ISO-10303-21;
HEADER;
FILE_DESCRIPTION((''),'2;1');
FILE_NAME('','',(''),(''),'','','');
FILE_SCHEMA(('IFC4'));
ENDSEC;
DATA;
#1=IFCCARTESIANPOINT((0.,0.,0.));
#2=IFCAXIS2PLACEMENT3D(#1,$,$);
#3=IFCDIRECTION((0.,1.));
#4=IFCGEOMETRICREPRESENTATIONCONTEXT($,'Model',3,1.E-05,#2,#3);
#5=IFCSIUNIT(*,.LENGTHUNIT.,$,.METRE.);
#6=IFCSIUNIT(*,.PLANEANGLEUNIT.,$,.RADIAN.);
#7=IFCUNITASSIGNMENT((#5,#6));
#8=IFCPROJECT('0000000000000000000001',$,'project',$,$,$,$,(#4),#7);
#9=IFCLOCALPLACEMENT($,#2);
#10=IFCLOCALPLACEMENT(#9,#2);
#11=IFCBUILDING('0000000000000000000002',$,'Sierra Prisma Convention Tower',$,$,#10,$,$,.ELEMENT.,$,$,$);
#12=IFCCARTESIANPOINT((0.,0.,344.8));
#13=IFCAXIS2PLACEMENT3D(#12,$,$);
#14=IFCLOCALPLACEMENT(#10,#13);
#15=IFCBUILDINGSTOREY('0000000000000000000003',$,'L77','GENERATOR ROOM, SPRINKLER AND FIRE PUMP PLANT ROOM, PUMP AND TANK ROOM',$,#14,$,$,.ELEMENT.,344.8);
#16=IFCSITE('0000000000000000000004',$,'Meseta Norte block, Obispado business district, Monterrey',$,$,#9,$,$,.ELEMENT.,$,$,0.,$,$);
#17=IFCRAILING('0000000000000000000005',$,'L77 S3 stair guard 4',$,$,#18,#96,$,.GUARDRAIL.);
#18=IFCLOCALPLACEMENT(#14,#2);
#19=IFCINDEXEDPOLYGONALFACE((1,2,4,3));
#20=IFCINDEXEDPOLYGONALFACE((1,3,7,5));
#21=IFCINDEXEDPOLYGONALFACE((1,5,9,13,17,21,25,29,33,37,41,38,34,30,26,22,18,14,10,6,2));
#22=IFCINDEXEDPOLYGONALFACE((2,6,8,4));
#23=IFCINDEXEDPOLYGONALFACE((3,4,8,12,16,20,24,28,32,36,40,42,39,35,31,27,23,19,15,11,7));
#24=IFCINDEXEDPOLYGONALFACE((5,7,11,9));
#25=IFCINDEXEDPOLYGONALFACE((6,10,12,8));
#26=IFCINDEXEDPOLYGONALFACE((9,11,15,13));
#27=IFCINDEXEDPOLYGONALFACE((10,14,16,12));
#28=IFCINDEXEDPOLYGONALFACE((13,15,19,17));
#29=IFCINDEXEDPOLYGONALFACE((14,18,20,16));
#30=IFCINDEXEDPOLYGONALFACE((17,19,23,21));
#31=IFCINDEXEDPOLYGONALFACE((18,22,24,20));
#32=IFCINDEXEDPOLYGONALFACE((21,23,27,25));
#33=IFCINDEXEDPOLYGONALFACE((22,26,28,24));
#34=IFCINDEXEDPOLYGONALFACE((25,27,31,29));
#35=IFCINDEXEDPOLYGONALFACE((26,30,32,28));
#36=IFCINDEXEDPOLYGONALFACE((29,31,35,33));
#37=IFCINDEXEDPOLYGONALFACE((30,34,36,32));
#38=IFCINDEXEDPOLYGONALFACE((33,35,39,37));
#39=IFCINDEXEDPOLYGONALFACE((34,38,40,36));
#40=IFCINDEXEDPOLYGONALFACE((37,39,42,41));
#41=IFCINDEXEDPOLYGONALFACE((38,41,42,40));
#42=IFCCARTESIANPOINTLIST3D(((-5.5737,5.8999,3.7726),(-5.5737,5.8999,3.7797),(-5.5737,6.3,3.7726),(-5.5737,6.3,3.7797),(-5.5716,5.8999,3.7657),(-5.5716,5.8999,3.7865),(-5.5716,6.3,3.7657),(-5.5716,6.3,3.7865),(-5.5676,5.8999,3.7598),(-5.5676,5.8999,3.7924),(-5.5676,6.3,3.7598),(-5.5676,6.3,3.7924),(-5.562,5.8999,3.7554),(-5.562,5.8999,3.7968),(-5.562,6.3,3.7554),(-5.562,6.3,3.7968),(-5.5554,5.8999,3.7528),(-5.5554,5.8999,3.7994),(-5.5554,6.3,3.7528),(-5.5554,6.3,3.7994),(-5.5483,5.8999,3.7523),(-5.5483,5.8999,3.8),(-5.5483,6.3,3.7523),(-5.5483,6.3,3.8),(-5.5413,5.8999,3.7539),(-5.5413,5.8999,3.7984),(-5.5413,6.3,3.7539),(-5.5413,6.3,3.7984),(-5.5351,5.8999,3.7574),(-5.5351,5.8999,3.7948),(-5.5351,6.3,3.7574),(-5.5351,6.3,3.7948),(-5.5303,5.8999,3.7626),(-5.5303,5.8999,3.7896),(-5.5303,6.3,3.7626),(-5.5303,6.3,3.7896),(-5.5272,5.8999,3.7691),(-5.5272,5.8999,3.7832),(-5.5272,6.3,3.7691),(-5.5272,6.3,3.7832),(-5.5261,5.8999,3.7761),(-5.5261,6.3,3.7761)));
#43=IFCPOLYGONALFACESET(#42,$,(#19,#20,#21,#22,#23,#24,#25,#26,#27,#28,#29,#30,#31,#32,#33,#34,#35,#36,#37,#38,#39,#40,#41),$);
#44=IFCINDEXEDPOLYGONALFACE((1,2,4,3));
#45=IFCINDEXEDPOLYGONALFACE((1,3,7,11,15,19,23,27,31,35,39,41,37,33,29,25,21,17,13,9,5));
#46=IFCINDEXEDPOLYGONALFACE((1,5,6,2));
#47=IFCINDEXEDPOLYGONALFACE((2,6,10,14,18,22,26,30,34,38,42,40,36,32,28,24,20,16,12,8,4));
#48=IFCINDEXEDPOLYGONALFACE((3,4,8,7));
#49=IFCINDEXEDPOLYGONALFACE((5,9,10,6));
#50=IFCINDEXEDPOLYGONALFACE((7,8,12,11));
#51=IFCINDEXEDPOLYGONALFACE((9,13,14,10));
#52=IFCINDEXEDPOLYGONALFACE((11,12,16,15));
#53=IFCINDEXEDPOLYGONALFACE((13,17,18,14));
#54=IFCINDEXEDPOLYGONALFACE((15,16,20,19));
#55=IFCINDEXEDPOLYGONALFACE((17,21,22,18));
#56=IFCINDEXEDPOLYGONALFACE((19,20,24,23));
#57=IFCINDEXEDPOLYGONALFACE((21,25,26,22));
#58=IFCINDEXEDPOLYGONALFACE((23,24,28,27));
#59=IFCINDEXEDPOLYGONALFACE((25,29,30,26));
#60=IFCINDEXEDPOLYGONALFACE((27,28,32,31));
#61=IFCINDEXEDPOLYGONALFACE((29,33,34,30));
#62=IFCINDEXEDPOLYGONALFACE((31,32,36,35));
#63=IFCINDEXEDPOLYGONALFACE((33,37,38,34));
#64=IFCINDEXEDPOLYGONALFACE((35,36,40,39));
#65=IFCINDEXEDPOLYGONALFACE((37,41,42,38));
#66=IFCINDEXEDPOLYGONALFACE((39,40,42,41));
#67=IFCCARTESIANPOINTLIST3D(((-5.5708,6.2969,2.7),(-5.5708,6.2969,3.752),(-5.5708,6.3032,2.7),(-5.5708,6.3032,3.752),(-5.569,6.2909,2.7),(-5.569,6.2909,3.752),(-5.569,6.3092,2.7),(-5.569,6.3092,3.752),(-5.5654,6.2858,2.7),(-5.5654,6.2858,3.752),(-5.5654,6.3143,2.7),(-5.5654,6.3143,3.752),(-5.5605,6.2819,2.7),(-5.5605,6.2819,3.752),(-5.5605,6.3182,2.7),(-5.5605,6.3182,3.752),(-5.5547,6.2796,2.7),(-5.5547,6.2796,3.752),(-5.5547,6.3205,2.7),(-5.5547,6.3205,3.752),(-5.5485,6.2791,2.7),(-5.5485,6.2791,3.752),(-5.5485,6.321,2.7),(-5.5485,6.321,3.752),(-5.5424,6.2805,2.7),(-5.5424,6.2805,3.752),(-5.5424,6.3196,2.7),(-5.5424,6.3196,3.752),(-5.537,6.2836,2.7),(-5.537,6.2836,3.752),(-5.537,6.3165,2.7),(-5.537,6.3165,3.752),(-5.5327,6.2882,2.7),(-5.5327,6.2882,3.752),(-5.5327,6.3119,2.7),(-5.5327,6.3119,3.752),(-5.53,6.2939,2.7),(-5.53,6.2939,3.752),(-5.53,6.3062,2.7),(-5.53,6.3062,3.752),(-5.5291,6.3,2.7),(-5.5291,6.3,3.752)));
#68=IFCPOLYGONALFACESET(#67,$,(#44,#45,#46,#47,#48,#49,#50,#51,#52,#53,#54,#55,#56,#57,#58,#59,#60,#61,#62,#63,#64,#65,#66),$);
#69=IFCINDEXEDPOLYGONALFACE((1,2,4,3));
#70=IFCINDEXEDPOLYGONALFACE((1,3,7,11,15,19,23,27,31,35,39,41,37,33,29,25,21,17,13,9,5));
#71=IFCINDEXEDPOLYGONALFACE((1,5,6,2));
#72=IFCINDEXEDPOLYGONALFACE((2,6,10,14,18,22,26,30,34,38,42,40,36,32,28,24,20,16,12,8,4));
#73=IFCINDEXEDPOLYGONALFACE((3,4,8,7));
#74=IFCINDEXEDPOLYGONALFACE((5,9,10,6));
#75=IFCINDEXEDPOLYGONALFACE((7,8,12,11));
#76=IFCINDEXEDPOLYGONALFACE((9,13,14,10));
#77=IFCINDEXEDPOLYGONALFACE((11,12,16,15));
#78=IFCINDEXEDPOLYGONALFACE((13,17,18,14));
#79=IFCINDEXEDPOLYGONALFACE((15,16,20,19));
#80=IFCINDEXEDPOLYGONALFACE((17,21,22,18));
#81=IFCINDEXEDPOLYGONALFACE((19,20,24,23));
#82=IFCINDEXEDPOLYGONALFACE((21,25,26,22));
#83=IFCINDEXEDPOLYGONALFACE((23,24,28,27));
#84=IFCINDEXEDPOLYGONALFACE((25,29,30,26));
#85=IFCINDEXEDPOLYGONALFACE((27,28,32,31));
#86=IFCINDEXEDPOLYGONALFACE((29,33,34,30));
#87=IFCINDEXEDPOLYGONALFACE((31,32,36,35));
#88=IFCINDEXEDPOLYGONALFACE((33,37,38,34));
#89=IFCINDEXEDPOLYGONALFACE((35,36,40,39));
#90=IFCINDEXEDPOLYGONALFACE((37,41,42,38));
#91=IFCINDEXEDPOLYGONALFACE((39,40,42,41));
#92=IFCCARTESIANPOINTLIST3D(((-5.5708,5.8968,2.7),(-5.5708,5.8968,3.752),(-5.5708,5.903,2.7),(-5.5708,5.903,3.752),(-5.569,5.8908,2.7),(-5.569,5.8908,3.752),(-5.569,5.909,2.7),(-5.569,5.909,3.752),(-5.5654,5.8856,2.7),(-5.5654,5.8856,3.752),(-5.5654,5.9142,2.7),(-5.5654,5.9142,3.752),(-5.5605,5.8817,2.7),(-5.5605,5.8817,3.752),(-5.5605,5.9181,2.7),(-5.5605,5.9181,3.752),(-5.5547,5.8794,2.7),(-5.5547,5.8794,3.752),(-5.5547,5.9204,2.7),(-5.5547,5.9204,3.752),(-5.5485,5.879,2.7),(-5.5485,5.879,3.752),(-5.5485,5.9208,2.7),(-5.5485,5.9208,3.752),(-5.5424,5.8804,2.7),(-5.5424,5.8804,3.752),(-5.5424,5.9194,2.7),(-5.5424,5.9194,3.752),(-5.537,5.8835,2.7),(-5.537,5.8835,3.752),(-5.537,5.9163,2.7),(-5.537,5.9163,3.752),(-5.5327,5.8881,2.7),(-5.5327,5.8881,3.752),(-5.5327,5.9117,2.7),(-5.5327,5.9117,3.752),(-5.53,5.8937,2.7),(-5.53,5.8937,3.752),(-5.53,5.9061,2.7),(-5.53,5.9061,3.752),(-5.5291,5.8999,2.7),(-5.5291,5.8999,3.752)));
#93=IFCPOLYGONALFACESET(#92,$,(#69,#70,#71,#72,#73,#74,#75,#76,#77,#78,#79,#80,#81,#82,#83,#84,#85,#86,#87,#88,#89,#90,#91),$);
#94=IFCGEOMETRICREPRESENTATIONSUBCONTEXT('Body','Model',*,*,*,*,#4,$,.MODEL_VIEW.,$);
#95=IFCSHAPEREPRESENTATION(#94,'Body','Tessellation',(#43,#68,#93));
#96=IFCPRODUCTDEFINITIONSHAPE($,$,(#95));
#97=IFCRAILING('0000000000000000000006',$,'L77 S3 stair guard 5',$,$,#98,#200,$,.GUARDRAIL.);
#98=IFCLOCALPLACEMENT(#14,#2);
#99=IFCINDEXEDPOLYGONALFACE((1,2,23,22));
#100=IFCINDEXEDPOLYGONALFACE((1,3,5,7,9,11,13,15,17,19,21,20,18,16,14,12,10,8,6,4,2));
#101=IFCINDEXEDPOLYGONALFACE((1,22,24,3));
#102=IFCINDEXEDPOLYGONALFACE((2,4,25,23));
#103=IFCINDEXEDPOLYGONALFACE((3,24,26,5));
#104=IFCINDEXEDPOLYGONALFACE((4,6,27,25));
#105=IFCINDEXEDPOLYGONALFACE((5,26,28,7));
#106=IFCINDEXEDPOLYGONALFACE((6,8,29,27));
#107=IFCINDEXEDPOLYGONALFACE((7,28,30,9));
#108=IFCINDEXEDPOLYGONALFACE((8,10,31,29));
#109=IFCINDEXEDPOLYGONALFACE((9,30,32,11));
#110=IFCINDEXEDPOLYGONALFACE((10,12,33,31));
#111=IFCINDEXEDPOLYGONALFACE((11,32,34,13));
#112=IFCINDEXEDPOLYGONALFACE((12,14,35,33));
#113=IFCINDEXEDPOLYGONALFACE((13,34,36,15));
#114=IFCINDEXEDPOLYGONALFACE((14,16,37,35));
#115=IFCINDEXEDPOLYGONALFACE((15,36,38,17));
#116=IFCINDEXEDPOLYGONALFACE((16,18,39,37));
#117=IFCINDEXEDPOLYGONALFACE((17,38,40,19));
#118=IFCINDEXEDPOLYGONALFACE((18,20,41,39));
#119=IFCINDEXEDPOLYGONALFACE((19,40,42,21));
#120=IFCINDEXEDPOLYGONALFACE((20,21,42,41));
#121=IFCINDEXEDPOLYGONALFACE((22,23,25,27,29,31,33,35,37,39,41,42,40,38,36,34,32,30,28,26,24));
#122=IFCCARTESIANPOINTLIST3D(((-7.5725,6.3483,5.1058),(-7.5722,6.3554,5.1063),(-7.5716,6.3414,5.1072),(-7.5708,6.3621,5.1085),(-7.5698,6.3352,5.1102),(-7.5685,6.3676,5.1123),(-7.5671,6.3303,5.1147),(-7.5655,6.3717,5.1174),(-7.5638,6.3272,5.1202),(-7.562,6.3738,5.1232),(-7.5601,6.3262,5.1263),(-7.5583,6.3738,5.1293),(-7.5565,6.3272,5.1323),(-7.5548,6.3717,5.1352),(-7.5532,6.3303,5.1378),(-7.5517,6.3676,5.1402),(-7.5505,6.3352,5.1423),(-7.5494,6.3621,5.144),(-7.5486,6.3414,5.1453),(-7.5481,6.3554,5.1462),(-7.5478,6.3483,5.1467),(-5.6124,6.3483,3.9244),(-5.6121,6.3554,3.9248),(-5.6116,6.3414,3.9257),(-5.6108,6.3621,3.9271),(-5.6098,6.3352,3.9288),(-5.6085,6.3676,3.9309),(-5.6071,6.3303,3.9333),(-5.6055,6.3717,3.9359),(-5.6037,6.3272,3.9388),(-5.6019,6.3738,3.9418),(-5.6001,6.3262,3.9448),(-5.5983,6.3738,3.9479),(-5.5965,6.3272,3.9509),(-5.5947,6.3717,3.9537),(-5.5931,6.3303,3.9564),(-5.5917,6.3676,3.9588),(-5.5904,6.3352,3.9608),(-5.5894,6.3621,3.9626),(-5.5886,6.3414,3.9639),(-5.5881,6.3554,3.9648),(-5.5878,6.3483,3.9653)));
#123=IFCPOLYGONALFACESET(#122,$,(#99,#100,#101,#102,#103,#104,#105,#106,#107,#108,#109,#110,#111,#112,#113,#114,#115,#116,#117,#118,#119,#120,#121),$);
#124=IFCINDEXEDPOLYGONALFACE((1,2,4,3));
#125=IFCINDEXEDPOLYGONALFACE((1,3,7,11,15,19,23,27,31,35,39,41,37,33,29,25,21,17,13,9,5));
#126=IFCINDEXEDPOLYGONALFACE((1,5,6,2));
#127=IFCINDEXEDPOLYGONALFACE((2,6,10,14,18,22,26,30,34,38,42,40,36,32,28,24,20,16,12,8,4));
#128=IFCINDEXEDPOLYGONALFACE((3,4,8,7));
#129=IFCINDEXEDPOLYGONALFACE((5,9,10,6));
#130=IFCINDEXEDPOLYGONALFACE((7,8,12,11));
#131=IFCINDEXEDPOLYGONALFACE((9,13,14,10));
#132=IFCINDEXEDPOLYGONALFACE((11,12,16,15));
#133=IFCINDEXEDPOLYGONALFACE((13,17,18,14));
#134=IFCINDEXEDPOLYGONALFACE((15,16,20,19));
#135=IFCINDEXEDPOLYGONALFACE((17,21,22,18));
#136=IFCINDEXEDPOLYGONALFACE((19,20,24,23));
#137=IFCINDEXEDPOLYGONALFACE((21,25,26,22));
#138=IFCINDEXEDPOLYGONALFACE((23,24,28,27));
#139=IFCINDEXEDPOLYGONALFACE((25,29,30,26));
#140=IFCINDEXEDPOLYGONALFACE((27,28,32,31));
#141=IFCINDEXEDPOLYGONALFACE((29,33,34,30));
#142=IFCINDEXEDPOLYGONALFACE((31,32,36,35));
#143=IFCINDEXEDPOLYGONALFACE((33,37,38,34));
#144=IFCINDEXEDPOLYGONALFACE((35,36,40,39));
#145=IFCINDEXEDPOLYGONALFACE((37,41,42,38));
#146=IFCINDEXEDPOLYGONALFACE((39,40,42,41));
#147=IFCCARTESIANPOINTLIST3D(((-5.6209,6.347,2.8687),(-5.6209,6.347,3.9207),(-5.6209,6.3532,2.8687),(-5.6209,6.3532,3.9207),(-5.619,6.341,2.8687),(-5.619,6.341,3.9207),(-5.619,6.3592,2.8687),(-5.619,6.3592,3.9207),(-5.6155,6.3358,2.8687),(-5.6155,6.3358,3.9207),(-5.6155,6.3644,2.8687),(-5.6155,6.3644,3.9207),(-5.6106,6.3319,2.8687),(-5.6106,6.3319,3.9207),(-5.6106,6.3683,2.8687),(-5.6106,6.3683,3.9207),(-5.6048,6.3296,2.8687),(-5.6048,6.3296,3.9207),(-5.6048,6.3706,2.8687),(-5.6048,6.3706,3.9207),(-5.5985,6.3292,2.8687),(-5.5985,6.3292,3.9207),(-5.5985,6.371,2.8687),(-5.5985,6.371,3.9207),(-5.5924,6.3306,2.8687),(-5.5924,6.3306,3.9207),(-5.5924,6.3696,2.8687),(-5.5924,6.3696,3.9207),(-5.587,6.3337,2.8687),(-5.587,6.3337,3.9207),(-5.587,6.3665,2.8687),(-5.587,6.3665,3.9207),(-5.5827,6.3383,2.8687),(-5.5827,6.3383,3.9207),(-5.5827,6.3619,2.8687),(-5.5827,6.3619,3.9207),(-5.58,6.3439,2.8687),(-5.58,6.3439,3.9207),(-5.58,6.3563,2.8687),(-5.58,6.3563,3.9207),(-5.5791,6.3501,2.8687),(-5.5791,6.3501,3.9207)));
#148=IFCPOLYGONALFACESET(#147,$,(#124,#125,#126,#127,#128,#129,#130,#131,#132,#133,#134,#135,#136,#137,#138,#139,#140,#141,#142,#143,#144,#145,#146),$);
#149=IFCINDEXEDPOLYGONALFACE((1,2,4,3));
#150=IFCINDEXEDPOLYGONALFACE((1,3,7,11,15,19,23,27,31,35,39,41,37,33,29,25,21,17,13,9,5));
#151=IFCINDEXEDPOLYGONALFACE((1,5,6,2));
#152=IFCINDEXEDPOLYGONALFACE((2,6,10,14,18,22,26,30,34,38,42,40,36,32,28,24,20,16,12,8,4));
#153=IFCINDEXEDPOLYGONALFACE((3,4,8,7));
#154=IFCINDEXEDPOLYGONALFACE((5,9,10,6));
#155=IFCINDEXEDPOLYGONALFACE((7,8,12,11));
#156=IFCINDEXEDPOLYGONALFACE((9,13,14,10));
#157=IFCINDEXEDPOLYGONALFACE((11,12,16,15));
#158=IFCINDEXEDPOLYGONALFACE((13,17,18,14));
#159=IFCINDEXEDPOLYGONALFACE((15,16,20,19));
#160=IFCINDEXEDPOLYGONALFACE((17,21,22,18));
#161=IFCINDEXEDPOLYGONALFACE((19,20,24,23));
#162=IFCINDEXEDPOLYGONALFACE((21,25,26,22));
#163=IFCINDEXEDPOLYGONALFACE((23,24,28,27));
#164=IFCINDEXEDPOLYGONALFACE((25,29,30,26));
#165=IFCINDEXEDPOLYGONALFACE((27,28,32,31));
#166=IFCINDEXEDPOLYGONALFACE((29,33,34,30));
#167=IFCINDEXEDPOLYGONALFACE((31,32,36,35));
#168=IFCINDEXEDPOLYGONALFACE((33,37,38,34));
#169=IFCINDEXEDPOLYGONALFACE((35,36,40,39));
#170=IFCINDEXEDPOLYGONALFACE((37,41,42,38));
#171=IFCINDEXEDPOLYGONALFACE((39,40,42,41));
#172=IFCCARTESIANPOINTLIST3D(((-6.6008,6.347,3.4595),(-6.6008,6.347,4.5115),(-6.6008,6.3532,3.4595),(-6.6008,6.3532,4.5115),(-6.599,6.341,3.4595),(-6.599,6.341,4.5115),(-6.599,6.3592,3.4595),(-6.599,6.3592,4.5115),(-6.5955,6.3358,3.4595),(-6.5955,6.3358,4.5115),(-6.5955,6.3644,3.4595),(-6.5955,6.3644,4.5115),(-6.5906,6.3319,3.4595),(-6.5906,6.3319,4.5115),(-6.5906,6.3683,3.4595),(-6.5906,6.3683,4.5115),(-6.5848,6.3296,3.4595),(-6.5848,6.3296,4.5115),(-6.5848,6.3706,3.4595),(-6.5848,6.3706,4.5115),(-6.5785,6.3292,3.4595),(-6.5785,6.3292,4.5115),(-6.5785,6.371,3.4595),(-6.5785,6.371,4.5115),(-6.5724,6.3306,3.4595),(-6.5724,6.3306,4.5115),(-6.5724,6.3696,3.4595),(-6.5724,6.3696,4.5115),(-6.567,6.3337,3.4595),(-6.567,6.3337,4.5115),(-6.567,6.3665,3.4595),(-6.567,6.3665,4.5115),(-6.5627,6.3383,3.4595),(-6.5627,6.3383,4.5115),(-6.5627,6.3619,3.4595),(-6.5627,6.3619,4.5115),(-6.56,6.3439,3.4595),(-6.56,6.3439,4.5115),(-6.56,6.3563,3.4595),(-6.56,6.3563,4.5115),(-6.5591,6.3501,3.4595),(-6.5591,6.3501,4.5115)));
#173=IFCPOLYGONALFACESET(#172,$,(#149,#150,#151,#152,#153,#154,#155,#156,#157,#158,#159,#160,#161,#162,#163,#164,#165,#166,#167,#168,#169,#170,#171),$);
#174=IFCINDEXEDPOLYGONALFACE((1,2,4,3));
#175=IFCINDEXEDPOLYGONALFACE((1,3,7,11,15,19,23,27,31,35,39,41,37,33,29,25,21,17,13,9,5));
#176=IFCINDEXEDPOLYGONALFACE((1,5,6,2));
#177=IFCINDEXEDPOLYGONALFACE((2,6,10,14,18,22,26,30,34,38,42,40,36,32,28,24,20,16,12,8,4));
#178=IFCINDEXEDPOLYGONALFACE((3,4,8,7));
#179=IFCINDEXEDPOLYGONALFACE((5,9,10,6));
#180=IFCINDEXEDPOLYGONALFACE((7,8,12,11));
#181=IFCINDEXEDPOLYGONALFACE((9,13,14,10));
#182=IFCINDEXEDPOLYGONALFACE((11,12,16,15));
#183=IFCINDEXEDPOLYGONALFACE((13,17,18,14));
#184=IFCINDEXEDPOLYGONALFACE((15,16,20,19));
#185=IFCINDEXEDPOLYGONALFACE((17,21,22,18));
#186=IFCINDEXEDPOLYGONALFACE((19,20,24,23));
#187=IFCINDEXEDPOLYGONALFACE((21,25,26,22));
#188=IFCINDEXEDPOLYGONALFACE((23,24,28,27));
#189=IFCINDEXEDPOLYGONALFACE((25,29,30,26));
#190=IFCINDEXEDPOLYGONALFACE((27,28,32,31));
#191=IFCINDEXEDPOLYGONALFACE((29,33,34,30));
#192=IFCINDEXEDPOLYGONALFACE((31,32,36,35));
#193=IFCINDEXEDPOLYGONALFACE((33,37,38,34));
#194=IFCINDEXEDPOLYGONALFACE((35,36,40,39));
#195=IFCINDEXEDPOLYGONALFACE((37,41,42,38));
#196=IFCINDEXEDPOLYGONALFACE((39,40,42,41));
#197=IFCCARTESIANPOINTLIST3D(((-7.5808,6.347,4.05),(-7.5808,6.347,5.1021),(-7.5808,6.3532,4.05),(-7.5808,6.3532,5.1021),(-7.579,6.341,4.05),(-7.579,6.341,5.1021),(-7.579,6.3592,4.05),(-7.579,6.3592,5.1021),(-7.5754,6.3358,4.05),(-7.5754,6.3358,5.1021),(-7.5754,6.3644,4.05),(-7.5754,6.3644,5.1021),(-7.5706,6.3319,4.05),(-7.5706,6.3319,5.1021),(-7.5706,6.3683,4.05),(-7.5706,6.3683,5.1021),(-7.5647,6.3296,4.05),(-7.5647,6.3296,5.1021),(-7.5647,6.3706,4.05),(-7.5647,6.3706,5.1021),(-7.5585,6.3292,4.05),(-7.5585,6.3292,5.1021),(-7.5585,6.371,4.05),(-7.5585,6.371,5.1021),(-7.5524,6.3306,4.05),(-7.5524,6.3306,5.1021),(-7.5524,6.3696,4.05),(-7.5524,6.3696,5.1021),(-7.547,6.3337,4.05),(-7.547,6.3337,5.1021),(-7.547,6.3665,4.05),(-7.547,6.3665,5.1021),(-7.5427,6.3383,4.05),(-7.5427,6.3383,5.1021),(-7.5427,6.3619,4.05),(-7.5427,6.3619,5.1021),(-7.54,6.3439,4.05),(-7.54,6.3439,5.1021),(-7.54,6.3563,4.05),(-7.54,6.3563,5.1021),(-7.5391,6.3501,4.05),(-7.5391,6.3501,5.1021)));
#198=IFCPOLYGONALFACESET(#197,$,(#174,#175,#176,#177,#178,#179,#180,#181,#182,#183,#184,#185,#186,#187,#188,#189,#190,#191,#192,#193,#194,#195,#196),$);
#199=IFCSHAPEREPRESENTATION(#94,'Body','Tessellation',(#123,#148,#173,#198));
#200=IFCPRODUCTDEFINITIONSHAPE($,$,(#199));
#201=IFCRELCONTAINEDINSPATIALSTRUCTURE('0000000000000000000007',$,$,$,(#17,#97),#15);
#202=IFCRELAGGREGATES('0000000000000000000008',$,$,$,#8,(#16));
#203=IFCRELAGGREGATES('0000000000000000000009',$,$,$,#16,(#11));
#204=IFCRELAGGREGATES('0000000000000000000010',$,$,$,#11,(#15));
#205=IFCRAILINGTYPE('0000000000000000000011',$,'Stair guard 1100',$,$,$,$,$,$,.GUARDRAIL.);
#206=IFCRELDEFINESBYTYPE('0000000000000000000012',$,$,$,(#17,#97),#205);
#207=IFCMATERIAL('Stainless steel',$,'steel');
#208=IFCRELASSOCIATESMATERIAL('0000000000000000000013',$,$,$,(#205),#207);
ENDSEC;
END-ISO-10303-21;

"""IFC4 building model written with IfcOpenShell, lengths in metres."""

from ifc_helpers import new_model, si_unit, direction, frame, origin, origin_2d, place, context, subcontext, project, spatial, circle, extrude, material, type_object, element, save


model = new_model("IFC4")

# Units and contexts
model_context = context("Model", 3, precision=1e-05, world=origin(), true_north=direction((0.0, 1.0)))
body_context = subcontext(model_context, "Body", "Model", "MODEL_VIEW")
ifc_project = project(units=[si_unit("LENGTHUNIT", "METRE"), si_unit("PLANEANGLEUNIT", "RADIAN")], contexts=[model_context])

# Site, building, storey
site_placement = place(None, origin())
site = spatial("IfcSite", under=ifc_project, at=site_placement, Name="Meseta Norte block, Obispado business district, Monterrey", CompositionType="ELEMENT", RefElevation=0.0)
building_placement = place(site_placement, origin())
building = spatial("IfcBuilding", under=site, at=building_placement, Name="Sierra Prisma Convention Tower", CompositionType="ELEMENT")
storey_placement = place(building_placement, frame((0.0, 0.0, 344.8)))
storey = spatial("IfcBuildingStorey", under=building, at=storey_placement, Name="L77", Description="GENERATOR ROOM, SPRINKLER AND FIRE PUMP PLANT ROOM, PUMP AND TANK ROOM", CompositionType="ELEMENT", Elevation=344.8)

# Railings
ifc_material_1 = material(Name="Stainless steel", Category="steel")
railing_type_1 = type_object("IfcRailingType", Name="Stair guard 1100", PredefinedType="GUARDRAIL", material=ifc_material_1)
railing_1_placement = place(storey_placement, frame((-5.55, 6.3, 2.7)))
element("IfcRailing", 1, at=railing_1_placement, inside=storey, type_object=railing_type_1, Name="L77 S3 stair guard 4", PredefinedType="GUARDRAIL", context=body_context, shape_type="SweptSolid", body=[
    extrude(circle(Radius=0.0239, at=origin_2d()), frame((0.0, 0.0, 1.0762), z_axis=(0.0, -1.0, 0.0), x_axis=(1.0, 0.0, 0.0)), (0.0, 0.0, 1.0), 0.4001),
    extrude(circle(Radius=0.021, at=origin_2d()), origin(), (0.0, 0.0, 1.0), 1.052),
    extrude(circle(Radius=0.021, at=origin_2d()), frame((0.0, -0.4001, 0.0)), (0.0, 0.0, 1.0), 1.052),
])
railing_2_placement = place(storey_placement, frame((-5.6001, 6.3501, 2.8687)))
element("IfcRailing", 2, at=railing_2_placement, inside=storey, type_object=railing_type_1, Name="L77 S3 stair guard 5", PredefinedType="GUARDRAIL", context=body_context, shape_type="SweptSolid", body=[
    extrude(circle(Radius=0.0239, at=origin_2d()), frame((0.0, 0.0, 1.0762), z_axis=(-0.856446, 0.0, 0.516236), x_axis=(0.0, -1.0, 0.0)), (0.0, 0.0, 1.0), 2.2886),
    extrude(circle(Radius=0.021, at=origin_2d()), origin(), (0.0, 0.0, 1.0), 1.052),
    extrude(circle(Radius=0.021, at=origin_2d()), frame((-0.98, 0.0, 0.5908)), (0.0, 0.0, 1.0), 1.052),
    extrude(circle(Radius=0.021, at=origin_2d()), frame((-1.96, 0.0, 1.1814)), (0.0, 0.0, 1.0), 1.052),
])

save(model, "model.ifc")
